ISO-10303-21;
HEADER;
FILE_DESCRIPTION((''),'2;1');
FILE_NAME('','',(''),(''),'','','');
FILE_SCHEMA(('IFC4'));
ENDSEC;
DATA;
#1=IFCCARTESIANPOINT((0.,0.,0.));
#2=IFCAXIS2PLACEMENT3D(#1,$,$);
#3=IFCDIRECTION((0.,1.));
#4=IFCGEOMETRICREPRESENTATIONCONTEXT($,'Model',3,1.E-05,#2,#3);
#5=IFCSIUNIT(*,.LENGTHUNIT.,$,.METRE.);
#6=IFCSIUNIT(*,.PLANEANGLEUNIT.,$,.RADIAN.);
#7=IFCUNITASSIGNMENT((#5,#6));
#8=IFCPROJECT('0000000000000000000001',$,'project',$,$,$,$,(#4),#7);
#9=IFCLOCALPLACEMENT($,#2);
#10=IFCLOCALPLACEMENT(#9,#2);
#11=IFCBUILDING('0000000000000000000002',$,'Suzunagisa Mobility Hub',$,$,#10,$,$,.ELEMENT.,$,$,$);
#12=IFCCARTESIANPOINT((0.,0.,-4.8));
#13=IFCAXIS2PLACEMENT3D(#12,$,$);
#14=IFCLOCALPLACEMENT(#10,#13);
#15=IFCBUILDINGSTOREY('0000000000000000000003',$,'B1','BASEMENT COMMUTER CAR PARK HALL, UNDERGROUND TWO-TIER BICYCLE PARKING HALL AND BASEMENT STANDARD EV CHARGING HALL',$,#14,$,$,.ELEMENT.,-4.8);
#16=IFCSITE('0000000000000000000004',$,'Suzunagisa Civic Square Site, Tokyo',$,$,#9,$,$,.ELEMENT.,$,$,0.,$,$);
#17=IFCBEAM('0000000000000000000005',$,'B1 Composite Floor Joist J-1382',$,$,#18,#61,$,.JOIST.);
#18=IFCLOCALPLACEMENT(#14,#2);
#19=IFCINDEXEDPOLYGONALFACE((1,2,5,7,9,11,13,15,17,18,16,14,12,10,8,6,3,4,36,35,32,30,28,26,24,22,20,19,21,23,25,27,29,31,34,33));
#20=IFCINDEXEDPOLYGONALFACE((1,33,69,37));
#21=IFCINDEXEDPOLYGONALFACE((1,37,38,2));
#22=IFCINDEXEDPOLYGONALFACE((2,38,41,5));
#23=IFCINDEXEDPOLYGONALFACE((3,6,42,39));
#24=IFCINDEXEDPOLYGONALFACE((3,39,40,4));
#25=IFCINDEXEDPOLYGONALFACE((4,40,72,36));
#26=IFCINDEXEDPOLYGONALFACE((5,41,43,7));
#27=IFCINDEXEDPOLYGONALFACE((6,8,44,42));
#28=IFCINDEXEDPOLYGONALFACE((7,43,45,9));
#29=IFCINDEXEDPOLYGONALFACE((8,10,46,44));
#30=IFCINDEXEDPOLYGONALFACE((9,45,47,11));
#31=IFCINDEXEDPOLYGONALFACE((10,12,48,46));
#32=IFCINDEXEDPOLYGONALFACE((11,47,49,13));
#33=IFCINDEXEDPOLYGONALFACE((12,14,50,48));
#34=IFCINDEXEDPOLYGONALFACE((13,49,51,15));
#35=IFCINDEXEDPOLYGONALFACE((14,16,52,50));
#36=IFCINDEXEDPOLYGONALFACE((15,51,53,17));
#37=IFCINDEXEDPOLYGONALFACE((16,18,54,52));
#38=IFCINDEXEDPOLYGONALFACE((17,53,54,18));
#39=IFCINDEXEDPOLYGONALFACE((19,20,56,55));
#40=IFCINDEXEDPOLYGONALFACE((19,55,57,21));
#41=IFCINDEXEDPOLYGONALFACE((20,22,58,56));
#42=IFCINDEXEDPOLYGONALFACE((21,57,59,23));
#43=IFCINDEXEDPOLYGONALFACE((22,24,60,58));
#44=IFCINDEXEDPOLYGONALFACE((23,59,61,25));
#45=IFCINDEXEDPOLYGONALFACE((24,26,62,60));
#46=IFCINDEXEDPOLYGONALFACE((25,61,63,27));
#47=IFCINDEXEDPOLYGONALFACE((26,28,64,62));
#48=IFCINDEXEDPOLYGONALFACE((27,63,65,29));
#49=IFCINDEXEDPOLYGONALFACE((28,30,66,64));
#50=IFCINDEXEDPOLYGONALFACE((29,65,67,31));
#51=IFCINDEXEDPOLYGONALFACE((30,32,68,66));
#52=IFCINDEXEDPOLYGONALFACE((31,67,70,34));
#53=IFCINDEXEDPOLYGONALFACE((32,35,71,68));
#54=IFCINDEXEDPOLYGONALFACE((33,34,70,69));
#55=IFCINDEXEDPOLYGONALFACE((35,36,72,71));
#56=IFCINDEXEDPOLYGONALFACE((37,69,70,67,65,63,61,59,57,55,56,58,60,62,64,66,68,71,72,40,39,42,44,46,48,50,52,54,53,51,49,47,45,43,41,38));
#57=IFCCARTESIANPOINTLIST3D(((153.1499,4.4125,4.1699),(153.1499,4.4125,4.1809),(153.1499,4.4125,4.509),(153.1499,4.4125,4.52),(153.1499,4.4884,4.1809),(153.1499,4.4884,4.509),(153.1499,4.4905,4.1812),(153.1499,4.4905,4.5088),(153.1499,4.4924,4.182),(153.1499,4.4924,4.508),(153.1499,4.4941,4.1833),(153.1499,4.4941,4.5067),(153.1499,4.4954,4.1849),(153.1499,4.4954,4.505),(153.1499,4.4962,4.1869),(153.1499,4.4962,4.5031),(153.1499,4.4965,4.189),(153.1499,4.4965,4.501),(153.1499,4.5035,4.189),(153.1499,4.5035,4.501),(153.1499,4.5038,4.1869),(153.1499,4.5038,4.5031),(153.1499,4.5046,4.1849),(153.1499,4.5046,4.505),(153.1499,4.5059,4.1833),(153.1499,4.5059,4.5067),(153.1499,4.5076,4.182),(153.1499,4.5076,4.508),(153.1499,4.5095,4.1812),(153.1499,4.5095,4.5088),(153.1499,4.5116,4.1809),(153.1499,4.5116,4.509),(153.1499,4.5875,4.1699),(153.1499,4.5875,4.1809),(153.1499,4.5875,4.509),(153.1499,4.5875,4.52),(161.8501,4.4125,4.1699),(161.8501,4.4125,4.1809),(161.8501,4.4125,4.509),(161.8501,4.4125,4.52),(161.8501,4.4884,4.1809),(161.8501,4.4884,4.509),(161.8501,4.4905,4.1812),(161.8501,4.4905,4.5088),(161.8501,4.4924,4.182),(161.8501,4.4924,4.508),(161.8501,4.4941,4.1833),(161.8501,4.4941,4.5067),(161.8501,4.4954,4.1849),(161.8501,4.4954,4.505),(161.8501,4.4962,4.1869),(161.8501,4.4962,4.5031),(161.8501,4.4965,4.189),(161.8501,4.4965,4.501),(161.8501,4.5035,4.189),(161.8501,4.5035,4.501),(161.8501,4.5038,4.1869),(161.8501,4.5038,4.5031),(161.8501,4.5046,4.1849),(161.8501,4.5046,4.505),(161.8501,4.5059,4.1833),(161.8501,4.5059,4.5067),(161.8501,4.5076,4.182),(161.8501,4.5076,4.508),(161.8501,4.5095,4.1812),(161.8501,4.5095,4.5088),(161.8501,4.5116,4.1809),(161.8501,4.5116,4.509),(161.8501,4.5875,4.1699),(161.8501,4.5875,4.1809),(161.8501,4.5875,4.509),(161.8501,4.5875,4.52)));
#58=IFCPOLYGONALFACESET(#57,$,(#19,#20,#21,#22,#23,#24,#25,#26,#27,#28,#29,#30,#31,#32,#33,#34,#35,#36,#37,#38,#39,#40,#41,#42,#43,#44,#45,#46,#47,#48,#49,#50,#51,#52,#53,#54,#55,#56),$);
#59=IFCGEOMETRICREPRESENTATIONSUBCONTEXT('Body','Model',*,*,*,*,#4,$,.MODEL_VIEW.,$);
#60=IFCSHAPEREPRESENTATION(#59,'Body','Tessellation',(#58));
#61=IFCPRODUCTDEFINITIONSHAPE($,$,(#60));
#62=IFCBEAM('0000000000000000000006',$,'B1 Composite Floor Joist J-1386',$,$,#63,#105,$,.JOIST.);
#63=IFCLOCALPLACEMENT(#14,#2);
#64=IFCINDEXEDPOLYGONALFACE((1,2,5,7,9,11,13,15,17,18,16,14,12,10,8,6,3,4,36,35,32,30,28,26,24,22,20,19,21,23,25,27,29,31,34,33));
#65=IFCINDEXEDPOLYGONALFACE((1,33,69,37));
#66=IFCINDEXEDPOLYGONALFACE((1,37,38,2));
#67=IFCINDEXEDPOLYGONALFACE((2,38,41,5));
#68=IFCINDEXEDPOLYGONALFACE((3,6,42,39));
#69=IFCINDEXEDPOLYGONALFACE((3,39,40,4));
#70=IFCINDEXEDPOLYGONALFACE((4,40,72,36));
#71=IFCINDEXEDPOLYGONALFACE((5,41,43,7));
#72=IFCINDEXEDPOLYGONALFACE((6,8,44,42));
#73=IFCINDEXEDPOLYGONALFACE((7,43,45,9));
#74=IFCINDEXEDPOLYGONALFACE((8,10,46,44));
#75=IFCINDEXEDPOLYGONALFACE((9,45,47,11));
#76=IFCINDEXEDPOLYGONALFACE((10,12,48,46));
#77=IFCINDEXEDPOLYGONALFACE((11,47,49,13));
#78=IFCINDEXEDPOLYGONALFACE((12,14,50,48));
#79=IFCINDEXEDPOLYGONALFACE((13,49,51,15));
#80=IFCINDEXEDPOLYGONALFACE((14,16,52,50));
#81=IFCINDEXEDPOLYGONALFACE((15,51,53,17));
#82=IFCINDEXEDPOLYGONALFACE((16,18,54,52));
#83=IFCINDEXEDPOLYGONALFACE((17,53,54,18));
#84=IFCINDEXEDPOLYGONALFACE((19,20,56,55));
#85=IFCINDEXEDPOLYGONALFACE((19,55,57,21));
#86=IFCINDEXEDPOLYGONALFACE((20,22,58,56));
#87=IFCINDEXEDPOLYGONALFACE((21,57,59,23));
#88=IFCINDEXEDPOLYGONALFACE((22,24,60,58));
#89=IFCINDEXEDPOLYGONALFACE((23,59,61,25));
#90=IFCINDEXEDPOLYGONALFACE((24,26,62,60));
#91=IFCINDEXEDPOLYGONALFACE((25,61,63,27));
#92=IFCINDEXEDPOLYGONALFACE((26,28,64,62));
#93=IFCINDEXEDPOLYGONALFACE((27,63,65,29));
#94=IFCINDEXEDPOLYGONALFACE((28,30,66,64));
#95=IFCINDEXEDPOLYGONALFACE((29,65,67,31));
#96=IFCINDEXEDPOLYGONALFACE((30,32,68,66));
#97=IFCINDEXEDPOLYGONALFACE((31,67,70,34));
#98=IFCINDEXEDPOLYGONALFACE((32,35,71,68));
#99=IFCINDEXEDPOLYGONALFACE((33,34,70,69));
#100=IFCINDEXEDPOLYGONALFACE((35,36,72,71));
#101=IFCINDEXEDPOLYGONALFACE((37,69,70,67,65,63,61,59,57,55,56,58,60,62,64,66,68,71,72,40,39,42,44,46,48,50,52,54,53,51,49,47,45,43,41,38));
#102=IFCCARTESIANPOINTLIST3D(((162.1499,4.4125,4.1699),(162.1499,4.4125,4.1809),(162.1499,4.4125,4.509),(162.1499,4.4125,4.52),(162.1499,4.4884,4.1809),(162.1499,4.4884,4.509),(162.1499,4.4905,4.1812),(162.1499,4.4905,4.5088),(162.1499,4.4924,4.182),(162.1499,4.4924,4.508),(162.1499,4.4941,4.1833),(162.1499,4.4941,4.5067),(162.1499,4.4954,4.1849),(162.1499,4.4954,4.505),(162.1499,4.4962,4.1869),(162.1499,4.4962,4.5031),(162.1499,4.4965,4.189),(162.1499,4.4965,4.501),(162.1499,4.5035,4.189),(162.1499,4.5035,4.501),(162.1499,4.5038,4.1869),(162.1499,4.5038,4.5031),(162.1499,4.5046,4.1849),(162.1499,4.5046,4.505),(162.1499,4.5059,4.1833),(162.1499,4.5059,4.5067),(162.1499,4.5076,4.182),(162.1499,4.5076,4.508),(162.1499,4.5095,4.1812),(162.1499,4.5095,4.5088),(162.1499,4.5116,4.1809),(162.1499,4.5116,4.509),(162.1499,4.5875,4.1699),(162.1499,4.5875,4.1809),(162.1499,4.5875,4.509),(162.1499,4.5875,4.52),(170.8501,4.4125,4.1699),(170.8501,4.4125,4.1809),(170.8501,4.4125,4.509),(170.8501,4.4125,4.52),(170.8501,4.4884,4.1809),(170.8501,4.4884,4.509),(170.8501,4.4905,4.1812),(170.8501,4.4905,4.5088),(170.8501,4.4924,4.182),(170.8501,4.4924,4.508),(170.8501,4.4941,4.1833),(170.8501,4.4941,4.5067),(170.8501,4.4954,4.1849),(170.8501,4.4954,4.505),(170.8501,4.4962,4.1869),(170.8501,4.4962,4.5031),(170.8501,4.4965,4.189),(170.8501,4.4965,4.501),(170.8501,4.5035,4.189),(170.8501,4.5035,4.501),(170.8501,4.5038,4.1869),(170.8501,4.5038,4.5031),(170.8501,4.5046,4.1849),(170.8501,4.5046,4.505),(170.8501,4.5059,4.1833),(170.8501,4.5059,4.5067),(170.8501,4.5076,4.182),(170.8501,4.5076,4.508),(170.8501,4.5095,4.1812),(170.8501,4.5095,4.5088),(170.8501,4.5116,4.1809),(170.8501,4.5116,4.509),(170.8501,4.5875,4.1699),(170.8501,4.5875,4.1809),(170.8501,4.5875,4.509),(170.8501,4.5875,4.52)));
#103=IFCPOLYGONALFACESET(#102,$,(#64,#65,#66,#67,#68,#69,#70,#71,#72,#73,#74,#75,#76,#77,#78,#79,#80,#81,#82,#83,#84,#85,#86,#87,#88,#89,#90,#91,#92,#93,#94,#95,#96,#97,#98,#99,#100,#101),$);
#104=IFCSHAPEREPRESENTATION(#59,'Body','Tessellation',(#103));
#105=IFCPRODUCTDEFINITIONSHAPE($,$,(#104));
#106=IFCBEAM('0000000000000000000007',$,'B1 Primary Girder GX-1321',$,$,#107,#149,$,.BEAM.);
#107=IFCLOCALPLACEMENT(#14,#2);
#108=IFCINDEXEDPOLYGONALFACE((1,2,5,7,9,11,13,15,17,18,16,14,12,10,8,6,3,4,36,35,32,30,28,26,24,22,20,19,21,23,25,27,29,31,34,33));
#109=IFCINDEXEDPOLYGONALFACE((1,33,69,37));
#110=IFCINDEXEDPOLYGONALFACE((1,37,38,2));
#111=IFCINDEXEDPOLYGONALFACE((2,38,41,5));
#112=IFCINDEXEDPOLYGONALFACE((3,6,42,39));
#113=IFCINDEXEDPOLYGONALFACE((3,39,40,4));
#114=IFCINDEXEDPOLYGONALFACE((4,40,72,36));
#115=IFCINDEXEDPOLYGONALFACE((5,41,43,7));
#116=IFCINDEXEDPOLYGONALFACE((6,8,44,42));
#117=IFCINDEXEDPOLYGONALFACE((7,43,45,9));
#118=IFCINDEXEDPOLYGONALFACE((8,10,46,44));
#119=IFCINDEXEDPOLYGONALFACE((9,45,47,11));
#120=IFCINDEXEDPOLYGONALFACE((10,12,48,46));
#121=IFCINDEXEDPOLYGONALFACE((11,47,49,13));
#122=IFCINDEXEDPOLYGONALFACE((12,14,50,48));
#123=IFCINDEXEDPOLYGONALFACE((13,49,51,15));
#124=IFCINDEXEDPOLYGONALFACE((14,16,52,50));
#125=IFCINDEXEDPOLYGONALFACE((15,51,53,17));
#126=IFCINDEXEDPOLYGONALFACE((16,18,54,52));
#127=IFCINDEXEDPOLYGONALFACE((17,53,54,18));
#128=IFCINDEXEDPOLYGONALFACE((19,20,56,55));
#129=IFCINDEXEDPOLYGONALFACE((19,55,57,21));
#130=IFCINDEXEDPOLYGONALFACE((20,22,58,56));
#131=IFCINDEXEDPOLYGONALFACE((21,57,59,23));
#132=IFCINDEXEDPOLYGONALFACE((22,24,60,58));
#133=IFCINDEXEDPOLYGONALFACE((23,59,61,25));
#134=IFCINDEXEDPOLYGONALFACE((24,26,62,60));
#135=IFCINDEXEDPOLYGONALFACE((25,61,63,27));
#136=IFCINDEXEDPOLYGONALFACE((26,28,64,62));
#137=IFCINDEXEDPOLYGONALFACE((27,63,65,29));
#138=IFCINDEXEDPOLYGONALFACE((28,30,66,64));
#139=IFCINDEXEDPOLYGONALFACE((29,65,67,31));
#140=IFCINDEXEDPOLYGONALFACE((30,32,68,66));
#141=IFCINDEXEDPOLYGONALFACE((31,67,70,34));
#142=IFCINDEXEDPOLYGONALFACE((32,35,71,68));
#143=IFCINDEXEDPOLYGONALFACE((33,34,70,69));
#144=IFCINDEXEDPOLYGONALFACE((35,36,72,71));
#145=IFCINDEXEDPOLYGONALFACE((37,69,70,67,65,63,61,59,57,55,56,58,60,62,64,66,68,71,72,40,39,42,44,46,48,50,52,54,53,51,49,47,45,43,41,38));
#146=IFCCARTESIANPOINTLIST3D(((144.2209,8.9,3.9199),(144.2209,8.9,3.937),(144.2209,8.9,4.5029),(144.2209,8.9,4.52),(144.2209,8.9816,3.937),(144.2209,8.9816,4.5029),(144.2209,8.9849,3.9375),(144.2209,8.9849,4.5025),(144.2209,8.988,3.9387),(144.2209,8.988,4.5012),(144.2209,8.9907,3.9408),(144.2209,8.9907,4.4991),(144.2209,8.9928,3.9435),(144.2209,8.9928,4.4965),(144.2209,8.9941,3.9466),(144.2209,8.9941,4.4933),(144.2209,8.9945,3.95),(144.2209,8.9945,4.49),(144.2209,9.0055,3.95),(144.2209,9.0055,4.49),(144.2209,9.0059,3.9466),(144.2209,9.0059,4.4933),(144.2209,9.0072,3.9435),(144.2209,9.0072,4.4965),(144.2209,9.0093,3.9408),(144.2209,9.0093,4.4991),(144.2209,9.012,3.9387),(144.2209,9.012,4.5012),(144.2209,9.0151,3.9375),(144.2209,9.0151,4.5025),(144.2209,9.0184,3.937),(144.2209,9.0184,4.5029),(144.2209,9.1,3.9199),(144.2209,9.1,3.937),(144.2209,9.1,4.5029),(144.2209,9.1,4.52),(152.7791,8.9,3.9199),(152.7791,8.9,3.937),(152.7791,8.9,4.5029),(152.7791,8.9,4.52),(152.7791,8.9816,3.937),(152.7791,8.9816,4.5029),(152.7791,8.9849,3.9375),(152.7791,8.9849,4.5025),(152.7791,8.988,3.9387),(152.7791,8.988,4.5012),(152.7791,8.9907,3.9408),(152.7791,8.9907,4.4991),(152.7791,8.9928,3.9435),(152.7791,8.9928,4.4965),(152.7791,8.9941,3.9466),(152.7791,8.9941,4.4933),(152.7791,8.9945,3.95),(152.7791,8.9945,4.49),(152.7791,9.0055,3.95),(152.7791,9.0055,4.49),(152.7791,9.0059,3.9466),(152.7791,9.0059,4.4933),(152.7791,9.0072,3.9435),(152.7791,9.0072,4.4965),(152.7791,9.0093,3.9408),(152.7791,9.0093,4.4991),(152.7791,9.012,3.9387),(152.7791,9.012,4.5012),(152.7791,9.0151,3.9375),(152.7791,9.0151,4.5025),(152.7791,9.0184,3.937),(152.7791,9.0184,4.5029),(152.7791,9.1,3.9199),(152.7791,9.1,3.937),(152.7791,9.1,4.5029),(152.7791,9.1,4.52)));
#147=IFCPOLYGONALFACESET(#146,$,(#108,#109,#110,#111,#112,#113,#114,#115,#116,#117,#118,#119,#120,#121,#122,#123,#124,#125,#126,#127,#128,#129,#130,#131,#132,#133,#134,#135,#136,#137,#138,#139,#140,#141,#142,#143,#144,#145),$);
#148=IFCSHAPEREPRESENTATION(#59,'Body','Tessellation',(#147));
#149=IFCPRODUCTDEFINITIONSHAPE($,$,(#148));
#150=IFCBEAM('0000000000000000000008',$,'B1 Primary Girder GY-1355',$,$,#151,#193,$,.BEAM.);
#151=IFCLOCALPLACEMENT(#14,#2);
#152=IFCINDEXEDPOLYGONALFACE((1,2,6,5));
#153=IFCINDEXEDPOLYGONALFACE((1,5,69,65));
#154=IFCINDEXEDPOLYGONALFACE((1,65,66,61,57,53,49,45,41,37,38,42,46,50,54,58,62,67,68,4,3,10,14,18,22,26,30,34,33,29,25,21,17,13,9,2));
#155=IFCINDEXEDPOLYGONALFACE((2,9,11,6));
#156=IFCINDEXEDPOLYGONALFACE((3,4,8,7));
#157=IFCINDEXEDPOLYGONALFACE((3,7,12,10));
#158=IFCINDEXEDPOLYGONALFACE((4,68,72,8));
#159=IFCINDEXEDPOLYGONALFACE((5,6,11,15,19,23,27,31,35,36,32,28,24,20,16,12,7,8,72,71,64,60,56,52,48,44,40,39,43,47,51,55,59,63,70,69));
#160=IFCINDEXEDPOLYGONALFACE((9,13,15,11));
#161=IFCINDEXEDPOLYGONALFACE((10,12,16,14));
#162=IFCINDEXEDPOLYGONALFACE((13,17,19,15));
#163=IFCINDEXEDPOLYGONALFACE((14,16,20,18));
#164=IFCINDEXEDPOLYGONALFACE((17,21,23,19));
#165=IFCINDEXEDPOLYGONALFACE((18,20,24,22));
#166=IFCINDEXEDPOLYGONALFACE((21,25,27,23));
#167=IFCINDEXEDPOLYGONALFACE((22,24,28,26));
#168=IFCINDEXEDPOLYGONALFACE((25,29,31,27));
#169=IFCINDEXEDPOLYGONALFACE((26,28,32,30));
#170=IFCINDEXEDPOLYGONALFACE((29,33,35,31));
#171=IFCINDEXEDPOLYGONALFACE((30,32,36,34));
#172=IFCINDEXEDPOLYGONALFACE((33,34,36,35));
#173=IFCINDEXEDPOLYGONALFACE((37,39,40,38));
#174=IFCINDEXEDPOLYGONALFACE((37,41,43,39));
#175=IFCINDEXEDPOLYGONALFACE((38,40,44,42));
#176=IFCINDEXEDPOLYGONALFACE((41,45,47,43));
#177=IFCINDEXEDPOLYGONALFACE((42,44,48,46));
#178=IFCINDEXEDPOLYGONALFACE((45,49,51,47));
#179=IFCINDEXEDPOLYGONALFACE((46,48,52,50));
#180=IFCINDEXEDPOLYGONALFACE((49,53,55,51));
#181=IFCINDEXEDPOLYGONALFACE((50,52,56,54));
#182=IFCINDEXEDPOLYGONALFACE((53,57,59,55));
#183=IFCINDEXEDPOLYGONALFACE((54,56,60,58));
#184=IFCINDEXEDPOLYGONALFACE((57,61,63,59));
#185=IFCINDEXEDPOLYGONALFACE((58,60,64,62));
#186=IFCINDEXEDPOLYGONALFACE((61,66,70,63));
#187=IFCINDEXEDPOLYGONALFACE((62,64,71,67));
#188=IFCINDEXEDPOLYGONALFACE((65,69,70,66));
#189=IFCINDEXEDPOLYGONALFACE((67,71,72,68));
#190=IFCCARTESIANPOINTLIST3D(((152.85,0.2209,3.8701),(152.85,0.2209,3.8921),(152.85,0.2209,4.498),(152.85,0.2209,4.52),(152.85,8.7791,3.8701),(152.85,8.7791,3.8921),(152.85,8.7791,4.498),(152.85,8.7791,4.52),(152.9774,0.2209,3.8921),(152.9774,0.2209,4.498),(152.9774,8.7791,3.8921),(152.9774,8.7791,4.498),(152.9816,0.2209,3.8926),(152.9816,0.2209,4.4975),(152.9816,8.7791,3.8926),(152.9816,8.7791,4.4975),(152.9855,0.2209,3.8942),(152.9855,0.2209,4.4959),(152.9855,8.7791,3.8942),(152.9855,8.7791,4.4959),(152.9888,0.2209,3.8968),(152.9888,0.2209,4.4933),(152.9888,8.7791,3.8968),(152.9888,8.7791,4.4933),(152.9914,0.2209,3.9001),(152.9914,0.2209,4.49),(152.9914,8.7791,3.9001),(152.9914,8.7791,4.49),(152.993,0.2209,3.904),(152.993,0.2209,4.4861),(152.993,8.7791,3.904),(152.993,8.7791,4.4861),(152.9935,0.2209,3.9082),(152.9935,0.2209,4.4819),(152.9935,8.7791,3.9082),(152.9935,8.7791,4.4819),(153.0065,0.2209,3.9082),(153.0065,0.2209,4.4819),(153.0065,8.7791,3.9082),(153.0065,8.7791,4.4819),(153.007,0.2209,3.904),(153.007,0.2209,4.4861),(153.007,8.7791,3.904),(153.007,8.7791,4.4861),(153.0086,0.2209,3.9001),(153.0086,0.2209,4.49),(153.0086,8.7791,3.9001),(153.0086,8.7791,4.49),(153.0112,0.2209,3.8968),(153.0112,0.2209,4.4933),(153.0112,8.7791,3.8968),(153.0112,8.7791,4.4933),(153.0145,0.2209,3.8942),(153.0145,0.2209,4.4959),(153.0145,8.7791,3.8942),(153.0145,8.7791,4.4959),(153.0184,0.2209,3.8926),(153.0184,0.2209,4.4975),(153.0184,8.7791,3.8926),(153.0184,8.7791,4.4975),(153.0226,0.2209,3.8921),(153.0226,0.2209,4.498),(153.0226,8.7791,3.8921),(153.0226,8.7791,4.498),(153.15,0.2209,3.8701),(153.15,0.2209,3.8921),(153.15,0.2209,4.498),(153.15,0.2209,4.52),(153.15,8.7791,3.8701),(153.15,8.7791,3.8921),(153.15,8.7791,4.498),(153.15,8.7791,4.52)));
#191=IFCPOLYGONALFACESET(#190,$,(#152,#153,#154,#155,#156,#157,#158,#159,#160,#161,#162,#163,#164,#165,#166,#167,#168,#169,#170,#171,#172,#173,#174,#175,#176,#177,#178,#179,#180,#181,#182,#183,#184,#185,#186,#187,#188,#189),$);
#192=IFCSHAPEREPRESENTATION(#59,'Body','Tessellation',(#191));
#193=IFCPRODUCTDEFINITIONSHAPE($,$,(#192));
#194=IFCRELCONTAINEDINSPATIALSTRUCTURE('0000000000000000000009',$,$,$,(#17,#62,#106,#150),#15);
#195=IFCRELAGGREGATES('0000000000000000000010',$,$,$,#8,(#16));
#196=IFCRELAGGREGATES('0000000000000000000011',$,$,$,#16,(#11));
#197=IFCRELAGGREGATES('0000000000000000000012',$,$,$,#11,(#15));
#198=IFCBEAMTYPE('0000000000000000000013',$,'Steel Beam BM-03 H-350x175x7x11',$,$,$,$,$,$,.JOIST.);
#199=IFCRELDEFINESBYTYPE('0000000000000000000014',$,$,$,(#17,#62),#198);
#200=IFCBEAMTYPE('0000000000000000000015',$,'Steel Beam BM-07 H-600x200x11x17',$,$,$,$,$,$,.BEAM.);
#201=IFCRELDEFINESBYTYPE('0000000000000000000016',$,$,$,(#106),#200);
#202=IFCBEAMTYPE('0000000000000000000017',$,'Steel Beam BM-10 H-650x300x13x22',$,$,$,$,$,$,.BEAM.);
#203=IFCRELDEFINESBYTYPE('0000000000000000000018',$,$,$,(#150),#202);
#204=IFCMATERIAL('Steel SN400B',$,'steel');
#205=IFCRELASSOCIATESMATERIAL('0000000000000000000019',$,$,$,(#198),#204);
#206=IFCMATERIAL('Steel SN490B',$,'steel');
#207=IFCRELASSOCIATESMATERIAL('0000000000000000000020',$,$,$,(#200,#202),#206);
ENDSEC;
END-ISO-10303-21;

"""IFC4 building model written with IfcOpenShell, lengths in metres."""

from ifc_helpers import new_model, si_unit, direction, frame, origin, origin_2d, place, context, subcontext, project, spatial, i_section, extrude, material, material_profile, profile_set, type_object, element, save


model = new_model("IFC4")

# Units and contexts
model_context = context("Model", 3, precision=1e-05, world=origin(), true_north=direction((0.0, 1.0)))
body_context = subcontext(model_context, "Body", "Model", "MODEL_VIEW")
ifc_project = project(units=[si_unit("LENGTHUNIT", "METRE"), si_unit("PLANEANGLEUNIT", "RADIAN")], contexts=[model_context])

# Site, building, storey
site_placement = place(None, origin())
site = spatial("IfcSite", under=ifc_project, at=site_placement, Name="Suzunagisa Civic Square Site, Tokyo", CompositionType="ELEMENT", RefElevation=0.0)
building_placement = place(site_placement, origin())
building = spatial("IfcBuilding", under=site, at=building_placement, Name="Suzunagisa Mobility Hub", CompositionType="ELEMENT")
storey_placement = place(building_placement, frame((0.0, 0.0, -4.8)))
storey = spatial("IfcBuildingStorey", under=building, at=storey_placement, Name="B1", Description="BASEMENT COMMUTER CAR PARK HALL, UNDERGROUND TWO-TIER BICYCLE PARKING HALL AND BASEMENT STANDARD EV CHARGING HALL", CompositionType="ELEMENT", Elevation=-4.8)

# Shared definitions
ifc_material_1 = material(Name="Steel SN490B", Category="steel")

# Beams
ifc_material_2 = material(Name="Steel SN400B", Category="steel")
ifc_material_profile_1 = material_profile(ifc_material_2, i_section(OverallWidth=0.175, OverallDepth=0.3501, WebThickness=0.0071, FlangeThickness=0.011, FilletRadius=0.0081, at=origin_2d()), Name="H-350x175x7x11")
ifc_profile_set_1 = profile_set([ifc_material_profile_1], Name="Steel SN400B")
beam_type_1 = type_object("IfcBeamType", Name="Steel Beam BM-03 H-350x175x7x11", PredefinedType="JOIST", material=ifc_profile_set_1)
for number, where, z_axis, x_axis, name in (
    (1, (153.1499, 4.5, 4.345), (1.0, 0.0, 0.0), (0.0, 1.0, 0.0), "B1 Composite Floor Joist J-1382"),
    (2, (162.1499, 4.5, 4.345), (1.0, 0.0, 0.0), (0.0, 1.0, 0.0), "B1 Composite Floor Joist J-1386"),
):
    element("IfcBeam", number, at=place(storey_placement, frame(where, z_axis=z_axis, x_axis=x_axis)), inside=storey, type_object=beam_type_1, Name=name, PredefinedType="JOIST", context=body_context, shape_type="SweptSolid", body=[
        extrude(i_section(OverallWidth=0.175, OverallDepth=0.3501, WebThickness=0.0071, FlangeThickness=0.011, FilletRadius=0.0081, at=origin_2d()), origin(), (0.0, 0.0, 1.0), 8.7002),
    ])
ifc_material_profile_2 = material_profile(ifc_material_1, i_section(OverallWidth=0.2, OverallDepth=0.6001, WebThickness=0.011, FlangeThickness=0.0171, FilletRadius=0.0129, at=origin_2d()), Name="H-600x200x11x17")
ifc_profile_set_2 = profile_set([ifc_material_profile_2], Name="Steel SN490B")
beam_type_2 = type_object("IfcBeamType", Name="Steel Beam BM-07 H-600x200x11x17", PredefinedType="BEAM", material=ifc_profile_set_2)
beam_placement = place(storey_placement, frame((144.2209, 9.0, 4.22), z_axis=(1.0, 0.0, 0.0), x_axis=(0.0, 1.0, 0.0)))
element("IfcBeam", 3, at=beam_placement, inside=storey, type_object=beam_type_2, Name="B1 Primary Girder GX-1321", PredefinedType="BEAM", context=body_context, shape_type="SweptSolid", body=[
    extrude(i_section(OverallWidth=0.2, OverallDepth=0.6001, WebThickness=0.011, FlangeThickness=0.0171, FilletRadius=0.0129, at=origin_2d()), origin(), (0.0, 0.0, 1.0), 8.5581),
])
ifc_material_profile_3 = material_profile(ifc_material_1, i_section(OverallWidth=0.3, OverallDepth=0.6499, WebThickness=0.0129, FlangeThickness=0.022, FilletRadius=0.0161, at=origin_2d()), Name="H-650x300x13x22")
ifc_profile_set_3 = profile_set([ifc_material_profile_3], Name="Steel SN490B")
beam_type_3 = type_object("IfcBeamType", Name="Steel Beam BM-10 H-650x300x13x22", PredefinedType="BEAM", material=ifc_profile_set_3)
for number, where, z_axis, x_axis, name in (
    (4, (153.0, 0.2209, 4.1951), (0.0, 1.0, 0.0), (-1.0, 0.0, 0.0), "B1 Primary Girder GY-1355"),
):
    element("IfcBeam", number, at=place(storey_placement, frame(where, z_axis=z_axis, x_axis=x_axis)), inside=storey, type_object=beam_type_3, Name=name, PredefinedType="BEAM", context=body_context, shape_type="SweptSolid", body=[
        extrude(i_section(OverallWidth=0.3, OverallDepth=0.6499, WebThickness=0.0129, FlangeThickness=0.022, FilletRadius=0.0161, at=origin_2d()), origin(), (0.0, 0.0, 1.0), 8.5581),
    ])

save(model, "model.ifc")
